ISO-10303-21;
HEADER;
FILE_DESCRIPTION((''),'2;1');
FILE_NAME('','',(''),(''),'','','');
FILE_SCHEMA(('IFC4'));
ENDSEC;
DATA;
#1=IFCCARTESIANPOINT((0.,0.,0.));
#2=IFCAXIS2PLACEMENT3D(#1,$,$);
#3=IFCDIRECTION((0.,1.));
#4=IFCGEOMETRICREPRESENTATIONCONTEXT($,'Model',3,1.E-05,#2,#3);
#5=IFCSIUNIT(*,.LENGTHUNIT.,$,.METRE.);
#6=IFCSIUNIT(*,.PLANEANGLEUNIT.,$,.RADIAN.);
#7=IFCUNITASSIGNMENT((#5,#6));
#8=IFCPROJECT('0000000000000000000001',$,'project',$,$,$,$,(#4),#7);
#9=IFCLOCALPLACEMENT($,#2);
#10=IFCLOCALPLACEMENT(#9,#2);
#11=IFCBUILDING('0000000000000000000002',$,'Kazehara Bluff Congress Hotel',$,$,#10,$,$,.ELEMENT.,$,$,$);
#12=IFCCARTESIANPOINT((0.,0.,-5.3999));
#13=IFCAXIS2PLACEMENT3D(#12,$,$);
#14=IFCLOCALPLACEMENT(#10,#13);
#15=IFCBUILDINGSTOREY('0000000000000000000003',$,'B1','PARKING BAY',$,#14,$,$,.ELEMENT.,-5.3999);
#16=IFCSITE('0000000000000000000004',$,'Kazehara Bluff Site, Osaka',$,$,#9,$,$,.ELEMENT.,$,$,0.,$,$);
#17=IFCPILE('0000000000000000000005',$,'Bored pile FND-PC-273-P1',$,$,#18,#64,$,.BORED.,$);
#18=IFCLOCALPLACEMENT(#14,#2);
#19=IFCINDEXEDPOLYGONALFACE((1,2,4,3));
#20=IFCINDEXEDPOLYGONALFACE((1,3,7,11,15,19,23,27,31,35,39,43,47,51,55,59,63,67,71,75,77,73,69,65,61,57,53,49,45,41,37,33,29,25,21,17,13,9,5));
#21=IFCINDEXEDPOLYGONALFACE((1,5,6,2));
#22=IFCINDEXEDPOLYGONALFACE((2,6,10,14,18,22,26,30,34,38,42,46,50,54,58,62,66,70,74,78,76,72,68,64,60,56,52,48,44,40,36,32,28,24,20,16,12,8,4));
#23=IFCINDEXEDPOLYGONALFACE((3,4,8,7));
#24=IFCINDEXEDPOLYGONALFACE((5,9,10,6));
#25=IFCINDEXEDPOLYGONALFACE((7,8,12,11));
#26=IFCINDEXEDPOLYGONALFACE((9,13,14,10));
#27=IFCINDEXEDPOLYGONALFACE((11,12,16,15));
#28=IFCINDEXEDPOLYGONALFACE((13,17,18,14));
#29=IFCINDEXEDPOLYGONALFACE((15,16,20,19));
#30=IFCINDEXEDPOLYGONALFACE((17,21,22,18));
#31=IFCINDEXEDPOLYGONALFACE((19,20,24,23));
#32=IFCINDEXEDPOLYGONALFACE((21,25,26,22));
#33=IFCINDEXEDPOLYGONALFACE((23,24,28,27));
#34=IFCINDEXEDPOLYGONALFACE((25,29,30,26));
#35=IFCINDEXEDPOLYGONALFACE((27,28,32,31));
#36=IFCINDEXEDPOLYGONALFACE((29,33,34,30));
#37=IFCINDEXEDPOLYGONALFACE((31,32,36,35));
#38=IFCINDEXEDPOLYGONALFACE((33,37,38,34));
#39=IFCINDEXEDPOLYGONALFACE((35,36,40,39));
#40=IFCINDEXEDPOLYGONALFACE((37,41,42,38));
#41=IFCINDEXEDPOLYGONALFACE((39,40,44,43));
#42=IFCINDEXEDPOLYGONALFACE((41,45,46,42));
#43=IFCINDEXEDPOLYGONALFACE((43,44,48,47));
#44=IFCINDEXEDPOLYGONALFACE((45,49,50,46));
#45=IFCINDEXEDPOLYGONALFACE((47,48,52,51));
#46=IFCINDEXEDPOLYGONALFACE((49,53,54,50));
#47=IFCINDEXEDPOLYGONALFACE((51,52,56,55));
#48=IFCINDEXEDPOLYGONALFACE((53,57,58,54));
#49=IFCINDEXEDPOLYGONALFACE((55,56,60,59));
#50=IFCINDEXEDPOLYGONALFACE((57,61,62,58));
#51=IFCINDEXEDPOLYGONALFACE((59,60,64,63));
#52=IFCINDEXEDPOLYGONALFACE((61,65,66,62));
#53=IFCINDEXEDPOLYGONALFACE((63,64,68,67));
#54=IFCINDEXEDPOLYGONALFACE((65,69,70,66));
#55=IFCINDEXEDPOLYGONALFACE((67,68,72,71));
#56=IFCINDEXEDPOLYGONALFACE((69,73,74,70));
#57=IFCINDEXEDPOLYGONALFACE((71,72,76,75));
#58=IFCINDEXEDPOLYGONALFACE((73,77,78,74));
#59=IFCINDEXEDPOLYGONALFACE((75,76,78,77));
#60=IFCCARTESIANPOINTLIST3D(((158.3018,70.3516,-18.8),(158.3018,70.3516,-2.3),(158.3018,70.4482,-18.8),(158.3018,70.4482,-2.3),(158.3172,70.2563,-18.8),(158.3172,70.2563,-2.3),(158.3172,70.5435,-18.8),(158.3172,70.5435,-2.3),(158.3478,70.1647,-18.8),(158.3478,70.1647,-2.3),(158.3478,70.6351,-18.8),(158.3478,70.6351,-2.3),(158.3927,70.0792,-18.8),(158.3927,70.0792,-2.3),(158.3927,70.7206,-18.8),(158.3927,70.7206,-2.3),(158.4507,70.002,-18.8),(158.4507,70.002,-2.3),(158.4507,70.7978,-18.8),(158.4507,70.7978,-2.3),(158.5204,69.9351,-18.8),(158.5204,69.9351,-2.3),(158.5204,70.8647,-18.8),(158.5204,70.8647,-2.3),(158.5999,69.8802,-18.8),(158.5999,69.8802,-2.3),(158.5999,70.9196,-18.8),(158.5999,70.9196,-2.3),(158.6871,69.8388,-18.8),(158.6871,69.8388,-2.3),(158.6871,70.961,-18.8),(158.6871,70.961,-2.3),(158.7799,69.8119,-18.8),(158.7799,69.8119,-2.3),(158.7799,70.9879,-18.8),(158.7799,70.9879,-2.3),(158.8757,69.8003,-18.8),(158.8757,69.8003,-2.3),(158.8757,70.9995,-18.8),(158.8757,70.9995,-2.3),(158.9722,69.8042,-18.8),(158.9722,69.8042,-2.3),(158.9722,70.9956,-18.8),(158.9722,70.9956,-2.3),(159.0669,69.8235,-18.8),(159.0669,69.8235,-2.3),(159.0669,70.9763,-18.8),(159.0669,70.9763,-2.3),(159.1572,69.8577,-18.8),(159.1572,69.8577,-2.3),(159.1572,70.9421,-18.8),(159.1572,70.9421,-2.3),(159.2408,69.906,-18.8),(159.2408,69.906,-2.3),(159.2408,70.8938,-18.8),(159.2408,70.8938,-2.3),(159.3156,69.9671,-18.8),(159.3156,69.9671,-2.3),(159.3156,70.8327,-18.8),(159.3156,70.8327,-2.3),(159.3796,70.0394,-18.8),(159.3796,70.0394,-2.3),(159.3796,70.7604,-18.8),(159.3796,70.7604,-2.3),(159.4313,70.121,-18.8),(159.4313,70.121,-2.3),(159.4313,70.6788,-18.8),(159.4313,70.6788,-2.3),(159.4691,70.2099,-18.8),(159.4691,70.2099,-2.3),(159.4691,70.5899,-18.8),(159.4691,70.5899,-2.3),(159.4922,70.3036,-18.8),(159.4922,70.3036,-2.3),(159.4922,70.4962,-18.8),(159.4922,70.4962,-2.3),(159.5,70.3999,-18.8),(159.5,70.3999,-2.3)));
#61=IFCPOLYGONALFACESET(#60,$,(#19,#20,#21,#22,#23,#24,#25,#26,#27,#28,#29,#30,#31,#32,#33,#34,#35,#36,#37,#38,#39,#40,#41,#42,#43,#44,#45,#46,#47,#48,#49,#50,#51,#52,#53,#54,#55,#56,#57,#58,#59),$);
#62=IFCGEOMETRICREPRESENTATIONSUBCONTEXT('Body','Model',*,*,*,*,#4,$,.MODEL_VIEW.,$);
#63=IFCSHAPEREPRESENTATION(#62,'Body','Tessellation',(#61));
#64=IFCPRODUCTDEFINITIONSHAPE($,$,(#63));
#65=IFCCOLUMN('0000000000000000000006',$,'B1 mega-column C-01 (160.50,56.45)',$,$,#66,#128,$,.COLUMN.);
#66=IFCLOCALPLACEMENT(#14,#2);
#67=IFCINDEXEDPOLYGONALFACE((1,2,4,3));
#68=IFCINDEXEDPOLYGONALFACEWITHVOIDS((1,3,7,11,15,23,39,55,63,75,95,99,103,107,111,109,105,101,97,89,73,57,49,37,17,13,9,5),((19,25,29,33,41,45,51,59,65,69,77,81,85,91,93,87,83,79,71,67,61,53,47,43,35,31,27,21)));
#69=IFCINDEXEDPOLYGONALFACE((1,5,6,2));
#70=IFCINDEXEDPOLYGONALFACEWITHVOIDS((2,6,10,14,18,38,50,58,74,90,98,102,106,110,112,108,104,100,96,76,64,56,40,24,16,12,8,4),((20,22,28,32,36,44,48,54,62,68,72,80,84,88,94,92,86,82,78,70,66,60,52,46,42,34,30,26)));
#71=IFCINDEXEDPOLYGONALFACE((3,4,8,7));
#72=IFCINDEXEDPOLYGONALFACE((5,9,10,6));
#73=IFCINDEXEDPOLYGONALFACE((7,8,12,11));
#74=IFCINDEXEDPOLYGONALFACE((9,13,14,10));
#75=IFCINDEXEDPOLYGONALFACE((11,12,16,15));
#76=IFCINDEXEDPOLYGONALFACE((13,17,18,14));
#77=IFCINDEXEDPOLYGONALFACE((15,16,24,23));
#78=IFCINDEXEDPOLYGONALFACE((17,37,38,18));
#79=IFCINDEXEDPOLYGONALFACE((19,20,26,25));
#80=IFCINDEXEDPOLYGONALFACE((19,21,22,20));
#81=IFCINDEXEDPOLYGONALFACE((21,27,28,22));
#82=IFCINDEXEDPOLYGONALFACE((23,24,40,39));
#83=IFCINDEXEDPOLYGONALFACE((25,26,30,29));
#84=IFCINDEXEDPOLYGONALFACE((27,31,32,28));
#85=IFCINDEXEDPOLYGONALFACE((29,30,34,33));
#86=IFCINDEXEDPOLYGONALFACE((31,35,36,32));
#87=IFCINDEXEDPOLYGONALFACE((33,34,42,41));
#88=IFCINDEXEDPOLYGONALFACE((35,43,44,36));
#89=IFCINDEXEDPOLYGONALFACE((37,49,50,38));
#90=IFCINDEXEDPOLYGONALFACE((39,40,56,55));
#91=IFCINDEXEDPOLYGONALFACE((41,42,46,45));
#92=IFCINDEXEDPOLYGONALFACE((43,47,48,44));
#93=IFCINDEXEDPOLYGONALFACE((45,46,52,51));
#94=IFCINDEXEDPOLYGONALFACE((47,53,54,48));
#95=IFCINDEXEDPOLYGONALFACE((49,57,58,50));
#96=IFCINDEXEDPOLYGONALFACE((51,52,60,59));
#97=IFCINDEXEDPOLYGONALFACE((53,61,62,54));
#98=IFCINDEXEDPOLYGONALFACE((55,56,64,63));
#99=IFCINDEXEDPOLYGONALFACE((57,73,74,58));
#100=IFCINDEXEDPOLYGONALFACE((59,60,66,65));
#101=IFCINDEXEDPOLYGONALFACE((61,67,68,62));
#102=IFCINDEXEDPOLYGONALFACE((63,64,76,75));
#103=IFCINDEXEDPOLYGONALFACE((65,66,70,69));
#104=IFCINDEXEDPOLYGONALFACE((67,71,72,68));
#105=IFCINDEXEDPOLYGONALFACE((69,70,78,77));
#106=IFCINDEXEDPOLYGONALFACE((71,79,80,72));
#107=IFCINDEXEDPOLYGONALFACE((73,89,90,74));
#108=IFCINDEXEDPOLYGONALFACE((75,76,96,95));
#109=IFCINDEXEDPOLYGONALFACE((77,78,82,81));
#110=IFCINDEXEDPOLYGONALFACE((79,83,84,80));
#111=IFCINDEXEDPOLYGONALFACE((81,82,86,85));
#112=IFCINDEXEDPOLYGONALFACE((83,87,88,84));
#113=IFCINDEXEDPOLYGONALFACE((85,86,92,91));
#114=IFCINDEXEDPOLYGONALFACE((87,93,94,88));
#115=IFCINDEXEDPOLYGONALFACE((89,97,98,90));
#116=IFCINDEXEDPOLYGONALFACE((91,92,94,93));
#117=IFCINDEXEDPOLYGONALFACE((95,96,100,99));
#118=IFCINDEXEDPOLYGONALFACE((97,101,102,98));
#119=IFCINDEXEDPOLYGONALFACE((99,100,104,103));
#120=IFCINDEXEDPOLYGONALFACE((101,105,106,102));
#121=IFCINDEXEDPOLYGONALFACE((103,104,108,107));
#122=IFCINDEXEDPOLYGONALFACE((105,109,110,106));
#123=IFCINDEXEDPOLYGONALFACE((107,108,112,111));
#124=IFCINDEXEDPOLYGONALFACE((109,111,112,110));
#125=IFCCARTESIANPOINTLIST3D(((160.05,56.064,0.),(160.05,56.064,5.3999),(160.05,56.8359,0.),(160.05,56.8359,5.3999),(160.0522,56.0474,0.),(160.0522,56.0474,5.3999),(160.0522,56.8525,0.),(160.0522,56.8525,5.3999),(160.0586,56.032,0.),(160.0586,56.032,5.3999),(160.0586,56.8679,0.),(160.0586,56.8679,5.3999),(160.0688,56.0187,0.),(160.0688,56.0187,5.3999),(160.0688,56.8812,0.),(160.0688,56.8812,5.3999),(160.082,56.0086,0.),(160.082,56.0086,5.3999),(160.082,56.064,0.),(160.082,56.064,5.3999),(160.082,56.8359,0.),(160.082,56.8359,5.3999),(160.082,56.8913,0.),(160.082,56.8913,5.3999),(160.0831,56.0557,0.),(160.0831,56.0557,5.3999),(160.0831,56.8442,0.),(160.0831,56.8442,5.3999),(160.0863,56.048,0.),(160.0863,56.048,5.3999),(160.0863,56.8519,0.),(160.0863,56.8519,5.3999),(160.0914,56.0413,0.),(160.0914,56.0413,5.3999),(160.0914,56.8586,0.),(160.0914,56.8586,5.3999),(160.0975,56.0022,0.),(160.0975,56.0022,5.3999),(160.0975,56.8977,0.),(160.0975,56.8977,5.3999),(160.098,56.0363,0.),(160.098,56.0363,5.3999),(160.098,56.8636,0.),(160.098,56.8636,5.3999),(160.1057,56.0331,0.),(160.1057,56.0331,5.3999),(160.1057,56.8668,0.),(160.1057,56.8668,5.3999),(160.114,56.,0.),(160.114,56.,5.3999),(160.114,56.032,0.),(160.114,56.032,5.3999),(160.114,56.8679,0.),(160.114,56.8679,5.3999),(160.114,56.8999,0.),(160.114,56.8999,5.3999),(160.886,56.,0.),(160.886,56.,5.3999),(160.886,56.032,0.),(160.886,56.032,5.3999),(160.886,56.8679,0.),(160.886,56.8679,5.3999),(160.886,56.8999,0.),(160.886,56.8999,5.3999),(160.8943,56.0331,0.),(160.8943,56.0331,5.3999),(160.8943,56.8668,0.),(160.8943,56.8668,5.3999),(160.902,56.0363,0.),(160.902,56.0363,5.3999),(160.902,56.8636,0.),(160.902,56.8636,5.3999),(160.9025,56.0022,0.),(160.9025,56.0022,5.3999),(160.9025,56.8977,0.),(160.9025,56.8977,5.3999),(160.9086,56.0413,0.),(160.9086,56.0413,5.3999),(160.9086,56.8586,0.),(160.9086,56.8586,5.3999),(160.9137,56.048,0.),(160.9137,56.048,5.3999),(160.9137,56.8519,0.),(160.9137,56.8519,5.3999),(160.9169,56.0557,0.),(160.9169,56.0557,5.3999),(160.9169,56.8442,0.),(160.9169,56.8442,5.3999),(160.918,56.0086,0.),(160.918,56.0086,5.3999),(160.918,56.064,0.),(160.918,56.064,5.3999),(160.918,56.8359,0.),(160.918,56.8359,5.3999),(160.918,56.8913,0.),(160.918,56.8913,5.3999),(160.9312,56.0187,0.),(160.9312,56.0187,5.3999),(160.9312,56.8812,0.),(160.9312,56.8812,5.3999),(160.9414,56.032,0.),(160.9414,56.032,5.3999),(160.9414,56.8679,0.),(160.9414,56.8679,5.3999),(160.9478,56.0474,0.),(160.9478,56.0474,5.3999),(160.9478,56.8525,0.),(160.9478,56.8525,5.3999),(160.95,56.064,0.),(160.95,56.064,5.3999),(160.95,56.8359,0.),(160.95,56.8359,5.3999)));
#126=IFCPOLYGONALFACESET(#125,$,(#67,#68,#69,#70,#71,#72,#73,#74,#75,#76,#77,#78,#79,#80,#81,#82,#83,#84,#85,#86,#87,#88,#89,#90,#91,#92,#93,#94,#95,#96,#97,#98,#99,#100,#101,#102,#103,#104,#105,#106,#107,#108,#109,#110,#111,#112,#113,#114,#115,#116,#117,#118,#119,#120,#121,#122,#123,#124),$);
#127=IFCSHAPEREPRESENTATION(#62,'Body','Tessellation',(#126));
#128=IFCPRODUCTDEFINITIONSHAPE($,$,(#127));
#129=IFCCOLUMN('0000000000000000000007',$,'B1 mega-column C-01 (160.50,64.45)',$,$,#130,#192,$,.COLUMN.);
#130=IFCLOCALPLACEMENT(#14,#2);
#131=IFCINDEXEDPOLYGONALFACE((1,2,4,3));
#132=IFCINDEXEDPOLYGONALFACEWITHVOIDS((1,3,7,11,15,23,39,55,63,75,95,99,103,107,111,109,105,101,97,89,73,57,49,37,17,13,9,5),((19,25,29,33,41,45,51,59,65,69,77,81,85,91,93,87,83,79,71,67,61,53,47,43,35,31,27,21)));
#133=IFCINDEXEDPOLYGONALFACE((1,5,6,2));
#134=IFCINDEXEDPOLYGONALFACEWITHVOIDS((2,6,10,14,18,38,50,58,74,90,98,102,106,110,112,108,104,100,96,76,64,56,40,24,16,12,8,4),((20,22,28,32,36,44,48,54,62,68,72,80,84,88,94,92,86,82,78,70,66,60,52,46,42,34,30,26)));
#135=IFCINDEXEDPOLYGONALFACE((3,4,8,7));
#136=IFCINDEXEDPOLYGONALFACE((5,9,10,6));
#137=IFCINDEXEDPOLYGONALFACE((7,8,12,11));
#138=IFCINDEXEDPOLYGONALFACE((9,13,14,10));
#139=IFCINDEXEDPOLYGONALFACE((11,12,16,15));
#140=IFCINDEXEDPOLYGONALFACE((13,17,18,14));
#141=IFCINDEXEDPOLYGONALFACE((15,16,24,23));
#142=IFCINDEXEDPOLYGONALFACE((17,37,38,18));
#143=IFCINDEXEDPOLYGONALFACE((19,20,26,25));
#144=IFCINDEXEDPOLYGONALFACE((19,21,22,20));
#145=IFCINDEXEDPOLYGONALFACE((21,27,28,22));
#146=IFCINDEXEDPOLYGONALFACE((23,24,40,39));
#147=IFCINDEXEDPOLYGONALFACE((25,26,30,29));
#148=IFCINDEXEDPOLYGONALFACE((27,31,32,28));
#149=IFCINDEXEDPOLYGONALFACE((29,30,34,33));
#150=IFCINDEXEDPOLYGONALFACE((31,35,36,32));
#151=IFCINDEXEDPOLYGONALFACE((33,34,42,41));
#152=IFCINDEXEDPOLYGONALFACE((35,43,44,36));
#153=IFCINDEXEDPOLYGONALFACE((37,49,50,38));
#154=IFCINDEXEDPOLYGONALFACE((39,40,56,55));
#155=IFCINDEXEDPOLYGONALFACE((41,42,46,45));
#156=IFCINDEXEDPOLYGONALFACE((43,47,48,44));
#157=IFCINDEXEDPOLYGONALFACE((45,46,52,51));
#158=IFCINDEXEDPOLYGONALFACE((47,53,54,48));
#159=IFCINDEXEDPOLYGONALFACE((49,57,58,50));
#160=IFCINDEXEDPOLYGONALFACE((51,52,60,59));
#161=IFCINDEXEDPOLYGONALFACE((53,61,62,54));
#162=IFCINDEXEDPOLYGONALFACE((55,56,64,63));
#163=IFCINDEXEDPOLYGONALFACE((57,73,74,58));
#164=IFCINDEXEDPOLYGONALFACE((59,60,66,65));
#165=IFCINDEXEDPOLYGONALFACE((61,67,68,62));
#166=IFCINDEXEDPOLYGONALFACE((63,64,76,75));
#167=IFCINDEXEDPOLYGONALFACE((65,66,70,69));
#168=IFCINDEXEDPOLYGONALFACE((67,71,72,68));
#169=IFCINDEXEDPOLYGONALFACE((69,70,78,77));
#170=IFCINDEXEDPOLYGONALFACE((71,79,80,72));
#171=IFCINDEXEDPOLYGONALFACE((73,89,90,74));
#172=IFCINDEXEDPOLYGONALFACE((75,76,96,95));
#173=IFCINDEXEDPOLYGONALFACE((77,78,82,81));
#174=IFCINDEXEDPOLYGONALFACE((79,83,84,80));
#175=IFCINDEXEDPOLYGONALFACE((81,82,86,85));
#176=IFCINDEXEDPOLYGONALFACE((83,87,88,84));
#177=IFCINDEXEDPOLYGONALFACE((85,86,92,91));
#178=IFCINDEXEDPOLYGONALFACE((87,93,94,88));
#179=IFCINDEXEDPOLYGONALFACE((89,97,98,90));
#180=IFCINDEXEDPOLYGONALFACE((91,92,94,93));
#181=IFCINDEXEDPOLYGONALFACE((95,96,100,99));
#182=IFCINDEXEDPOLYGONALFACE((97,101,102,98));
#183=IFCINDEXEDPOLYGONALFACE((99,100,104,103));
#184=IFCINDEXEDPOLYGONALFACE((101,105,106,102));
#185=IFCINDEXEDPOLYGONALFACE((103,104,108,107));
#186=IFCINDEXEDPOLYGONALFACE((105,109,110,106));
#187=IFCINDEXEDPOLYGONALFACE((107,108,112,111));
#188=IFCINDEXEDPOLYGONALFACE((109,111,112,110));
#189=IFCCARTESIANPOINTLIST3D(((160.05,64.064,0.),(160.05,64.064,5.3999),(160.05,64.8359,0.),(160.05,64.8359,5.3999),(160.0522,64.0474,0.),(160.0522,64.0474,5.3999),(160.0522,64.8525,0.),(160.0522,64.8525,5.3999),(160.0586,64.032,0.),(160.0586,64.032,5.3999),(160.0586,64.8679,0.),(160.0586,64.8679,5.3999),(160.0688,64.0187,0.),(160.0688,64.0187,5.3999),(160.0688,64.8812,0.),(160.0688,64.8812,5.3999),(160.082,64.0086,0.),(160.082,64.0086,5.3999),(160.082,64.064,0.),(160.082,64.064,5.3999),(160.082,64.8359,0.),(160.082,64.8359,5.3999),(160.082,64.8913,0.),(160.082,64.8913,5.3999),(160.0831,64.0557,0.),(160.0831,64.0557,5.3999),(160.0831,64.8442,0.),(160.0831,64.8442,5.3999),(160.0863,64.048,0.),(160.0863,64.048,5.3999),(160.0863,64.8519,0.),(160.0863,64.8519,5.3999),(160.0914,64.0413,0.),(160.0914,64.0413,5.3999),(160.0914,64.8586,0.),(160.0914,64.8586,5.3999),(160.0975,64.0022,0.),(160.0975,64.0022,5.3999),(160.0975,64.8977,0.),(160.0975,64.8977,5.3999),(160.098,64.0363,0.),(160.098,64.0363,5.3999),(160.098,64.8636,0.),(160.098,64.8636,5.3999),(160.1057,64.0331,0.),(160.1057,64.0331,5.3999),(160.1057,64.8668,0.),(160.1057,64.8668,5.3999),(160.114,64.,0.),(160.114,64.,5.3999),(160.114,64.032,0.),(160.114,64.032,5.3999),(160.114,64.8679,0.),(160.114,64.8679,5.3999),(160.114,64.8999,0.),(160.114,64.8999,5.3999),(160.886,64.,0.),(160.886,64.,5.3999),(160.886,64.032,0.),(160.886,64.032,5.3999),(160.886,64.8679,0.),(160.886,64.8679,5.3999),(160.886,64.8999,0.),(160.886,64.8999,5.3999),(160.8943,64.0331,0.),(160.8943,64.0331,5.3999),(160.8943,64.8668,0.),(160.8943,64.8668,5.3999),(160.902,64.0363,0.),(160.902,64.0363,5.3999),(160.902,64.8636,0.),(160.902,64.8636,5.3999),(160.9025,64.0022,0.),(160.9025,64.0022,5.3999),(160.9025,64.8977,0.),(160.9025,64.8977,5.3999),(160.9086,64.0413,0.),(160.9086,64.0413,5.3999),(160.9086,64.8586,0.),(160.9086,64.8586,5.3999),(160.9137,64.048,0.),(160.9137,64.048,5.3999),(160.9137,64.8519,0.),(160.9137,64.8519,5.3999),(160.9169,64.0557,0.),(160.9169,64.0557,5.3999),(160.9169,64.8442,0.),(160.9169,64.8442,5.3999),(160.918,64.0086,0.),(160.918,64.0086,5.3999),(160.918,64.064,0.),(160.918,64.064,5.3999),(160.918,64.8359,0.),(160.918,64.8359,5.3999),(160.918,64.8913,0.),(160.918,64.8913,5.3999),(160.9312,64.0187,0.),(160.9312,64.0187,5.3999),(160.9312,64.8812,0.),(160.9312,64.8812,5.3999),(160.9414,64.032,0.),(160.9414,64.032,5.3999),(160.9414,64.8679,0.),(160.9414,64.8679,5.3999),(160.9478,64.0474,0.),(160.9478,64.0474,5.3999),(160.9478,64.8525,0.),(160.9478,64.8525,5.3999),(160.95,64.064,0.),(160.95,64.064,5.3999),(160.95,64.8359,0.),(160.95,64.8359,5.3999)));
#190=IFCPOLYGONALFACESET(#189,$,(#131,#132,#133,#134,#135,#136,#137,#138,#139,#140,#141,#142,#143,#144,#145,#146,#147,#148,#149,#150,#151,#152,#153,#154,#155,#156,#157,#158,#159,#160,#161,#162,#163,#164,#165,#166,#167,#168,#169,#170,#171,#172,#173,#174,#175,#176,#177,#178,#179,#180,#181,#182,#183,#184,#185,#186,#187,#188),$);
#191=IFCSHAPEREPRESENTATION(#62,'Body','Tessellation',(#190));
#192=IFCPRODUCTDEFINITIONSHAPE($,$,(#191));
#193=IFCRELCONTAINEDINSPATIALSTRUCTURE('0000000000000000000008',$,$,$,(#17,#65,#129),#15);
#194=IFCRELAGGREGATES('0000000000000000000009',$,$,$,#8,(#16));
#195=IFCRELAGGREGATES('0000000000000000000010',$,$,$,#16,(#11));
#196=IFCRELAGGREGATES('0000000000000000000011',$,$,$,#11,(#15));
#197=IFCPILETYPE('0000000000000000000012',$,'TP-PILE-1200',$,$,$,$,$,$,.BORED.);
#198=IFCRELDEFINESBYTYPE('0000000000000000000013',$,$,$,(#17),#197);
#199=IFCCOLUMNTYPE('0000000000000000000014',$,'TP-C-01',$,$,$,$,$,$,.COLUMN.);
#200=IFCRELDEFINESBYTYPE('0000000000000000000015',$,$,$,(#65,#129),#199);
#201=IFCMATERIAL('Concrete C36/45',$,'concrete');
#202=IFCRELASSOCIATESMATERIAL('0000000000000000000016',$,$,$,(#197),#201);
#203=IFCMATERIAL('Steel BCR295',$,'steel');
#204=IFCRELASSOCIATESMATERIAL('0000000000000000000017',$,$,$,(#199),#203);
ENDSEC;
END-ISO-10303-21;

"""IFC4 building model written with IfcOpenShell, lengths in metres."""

from ifc_helpers import new_model, si_unit, direction, frame, origin, origin_2d, place, context, subcontext, project, spatial, hollow_rectangle, circle, extrude, material, material_profile, profile_set, type_object, element, save


model = new_model("IFC4")

# Units and contexts
model_context = context("Model", 3, precision=1e-05, world=origin(), true_north=direction((0.0, 1.0)))
body_context = subcontext(model_context, "Body", "Model", "MODEL_VIEW")
ifc_project = project(units=[si_unit("LENGTHUNIT", "METRE"), si_unit("PLANEANGLEUNIT", "RADIAN")], contexts=[model_context])

# Site, building, storey
site_placement = place(None, origin())
site = spatial("IfcSite", under=ifc_project, at=site_placement, Name="Kazehara Bluff Site, Osaka", CompositionType="ELEMENT", RefElevation=0.0)
building_placement = place(site_placement, origin())
building = spatial("IfcBuilding", under=site, at=building_placement, Name="Kazehara Bluff Congress Hotel", CompositionType="ELEMENT")
storey_placement = place(building_placement, frame((0.0, 0.0, -5.3999)))
storey = spatial("IfcBuildingStorey", under=building, at=storey_placement, Name="B1", Description="PARKING BAY", CompositionType="ELEMENT", Elevation=-5.3999)

# Pile
ifc_material_1 = material(Name="Concrete C36/45", Category="concrete")
ifc_material_profile_1 = material_profile(ifc_material_1, circle(Radius=0.6001, at=origin_2d()))
ifc_profile_set_1 = profile_set([ifc_material_profile_1], Name="Concrete C36/45")
pile_type = type_object("IfcPileType", Name="TP-PILE-1200", PredefinedType="BORED", material=ifc_profile_set_1)
for number, where, z_axis, x_axis, name in (
    (1, (158.8999, 70.3999, -2.3), (0.0, 0.0, -1.0), (1.0, 0.0, 0.0), "Bored pile FND-PC-273-P1"),
):
    element("IfcPile", number, at=place(storey_placement, frame(where, z_axis=z_axis, x_axis=x_axis)), inside=storey, type_object=pile_type, Name=name, PredefinedType="BORED", context=body_context, shape_type="SweptSolid", body=[
        extrude(circle(Radius=0.6001, at=origin_2d()), origin(), (0.0, 0.0, 1.0), 16.5),
    ])

# Columns
ifc_material_2 = material(Name="Steel BCR295", Category="steel")
ifc_material_profile_2 = material_profile(ifc_material_2, hollow_rectangle(XDim=0.8999, YDim=0.8999, WallThickness=0.032, InnerFilletRadius=0.032, OuterFilletRadius=0.064, at=origin_2d()))
ifc_profile_set_2 = profile_set([ifc_material_profile_2], Name="Steel BCR295")
column_type_1 = type_object("IfcColumnType", Name="TP-C-01", PredefinedType="COLUMN", material=ifc_profile_set_2)
for number, where, z_axis, x_axis, name in (
    (2, (160.5, 56.45, 0.0), (0.0, 0.0, 1.0), (1.0, 0.0, 0.0), "B1 mega-column C-01 (160.50,56.45)"),
    (3, (160.5, 64.45, 0.0), (0.0, 0.0, 1.0), (1.0, 0.0, 0.0), "B1 mega-column C-01 (160.50,64.45)"),
):
    element("IfcColumn", number, at=place(storey_placement, frame(where, z_axis=z_axis, x_axis=x_axis)), inside=storey, type_object=column_type_1, Name=name, PredefinedType="COLUMN", context=body_context, shape_type="SweptSolid", body=[
        extrude(hollow_rectangle(XDim=0.8999, YDim=0.8999, WallThickness=0.032, InnerFilletRadius=0.032, OuterFilletRadius=0.064, at=origin_2d()), origin(), (0.0, 0.0, 1.0), 5.3999),
    ])

save(model, "model.ifc")
